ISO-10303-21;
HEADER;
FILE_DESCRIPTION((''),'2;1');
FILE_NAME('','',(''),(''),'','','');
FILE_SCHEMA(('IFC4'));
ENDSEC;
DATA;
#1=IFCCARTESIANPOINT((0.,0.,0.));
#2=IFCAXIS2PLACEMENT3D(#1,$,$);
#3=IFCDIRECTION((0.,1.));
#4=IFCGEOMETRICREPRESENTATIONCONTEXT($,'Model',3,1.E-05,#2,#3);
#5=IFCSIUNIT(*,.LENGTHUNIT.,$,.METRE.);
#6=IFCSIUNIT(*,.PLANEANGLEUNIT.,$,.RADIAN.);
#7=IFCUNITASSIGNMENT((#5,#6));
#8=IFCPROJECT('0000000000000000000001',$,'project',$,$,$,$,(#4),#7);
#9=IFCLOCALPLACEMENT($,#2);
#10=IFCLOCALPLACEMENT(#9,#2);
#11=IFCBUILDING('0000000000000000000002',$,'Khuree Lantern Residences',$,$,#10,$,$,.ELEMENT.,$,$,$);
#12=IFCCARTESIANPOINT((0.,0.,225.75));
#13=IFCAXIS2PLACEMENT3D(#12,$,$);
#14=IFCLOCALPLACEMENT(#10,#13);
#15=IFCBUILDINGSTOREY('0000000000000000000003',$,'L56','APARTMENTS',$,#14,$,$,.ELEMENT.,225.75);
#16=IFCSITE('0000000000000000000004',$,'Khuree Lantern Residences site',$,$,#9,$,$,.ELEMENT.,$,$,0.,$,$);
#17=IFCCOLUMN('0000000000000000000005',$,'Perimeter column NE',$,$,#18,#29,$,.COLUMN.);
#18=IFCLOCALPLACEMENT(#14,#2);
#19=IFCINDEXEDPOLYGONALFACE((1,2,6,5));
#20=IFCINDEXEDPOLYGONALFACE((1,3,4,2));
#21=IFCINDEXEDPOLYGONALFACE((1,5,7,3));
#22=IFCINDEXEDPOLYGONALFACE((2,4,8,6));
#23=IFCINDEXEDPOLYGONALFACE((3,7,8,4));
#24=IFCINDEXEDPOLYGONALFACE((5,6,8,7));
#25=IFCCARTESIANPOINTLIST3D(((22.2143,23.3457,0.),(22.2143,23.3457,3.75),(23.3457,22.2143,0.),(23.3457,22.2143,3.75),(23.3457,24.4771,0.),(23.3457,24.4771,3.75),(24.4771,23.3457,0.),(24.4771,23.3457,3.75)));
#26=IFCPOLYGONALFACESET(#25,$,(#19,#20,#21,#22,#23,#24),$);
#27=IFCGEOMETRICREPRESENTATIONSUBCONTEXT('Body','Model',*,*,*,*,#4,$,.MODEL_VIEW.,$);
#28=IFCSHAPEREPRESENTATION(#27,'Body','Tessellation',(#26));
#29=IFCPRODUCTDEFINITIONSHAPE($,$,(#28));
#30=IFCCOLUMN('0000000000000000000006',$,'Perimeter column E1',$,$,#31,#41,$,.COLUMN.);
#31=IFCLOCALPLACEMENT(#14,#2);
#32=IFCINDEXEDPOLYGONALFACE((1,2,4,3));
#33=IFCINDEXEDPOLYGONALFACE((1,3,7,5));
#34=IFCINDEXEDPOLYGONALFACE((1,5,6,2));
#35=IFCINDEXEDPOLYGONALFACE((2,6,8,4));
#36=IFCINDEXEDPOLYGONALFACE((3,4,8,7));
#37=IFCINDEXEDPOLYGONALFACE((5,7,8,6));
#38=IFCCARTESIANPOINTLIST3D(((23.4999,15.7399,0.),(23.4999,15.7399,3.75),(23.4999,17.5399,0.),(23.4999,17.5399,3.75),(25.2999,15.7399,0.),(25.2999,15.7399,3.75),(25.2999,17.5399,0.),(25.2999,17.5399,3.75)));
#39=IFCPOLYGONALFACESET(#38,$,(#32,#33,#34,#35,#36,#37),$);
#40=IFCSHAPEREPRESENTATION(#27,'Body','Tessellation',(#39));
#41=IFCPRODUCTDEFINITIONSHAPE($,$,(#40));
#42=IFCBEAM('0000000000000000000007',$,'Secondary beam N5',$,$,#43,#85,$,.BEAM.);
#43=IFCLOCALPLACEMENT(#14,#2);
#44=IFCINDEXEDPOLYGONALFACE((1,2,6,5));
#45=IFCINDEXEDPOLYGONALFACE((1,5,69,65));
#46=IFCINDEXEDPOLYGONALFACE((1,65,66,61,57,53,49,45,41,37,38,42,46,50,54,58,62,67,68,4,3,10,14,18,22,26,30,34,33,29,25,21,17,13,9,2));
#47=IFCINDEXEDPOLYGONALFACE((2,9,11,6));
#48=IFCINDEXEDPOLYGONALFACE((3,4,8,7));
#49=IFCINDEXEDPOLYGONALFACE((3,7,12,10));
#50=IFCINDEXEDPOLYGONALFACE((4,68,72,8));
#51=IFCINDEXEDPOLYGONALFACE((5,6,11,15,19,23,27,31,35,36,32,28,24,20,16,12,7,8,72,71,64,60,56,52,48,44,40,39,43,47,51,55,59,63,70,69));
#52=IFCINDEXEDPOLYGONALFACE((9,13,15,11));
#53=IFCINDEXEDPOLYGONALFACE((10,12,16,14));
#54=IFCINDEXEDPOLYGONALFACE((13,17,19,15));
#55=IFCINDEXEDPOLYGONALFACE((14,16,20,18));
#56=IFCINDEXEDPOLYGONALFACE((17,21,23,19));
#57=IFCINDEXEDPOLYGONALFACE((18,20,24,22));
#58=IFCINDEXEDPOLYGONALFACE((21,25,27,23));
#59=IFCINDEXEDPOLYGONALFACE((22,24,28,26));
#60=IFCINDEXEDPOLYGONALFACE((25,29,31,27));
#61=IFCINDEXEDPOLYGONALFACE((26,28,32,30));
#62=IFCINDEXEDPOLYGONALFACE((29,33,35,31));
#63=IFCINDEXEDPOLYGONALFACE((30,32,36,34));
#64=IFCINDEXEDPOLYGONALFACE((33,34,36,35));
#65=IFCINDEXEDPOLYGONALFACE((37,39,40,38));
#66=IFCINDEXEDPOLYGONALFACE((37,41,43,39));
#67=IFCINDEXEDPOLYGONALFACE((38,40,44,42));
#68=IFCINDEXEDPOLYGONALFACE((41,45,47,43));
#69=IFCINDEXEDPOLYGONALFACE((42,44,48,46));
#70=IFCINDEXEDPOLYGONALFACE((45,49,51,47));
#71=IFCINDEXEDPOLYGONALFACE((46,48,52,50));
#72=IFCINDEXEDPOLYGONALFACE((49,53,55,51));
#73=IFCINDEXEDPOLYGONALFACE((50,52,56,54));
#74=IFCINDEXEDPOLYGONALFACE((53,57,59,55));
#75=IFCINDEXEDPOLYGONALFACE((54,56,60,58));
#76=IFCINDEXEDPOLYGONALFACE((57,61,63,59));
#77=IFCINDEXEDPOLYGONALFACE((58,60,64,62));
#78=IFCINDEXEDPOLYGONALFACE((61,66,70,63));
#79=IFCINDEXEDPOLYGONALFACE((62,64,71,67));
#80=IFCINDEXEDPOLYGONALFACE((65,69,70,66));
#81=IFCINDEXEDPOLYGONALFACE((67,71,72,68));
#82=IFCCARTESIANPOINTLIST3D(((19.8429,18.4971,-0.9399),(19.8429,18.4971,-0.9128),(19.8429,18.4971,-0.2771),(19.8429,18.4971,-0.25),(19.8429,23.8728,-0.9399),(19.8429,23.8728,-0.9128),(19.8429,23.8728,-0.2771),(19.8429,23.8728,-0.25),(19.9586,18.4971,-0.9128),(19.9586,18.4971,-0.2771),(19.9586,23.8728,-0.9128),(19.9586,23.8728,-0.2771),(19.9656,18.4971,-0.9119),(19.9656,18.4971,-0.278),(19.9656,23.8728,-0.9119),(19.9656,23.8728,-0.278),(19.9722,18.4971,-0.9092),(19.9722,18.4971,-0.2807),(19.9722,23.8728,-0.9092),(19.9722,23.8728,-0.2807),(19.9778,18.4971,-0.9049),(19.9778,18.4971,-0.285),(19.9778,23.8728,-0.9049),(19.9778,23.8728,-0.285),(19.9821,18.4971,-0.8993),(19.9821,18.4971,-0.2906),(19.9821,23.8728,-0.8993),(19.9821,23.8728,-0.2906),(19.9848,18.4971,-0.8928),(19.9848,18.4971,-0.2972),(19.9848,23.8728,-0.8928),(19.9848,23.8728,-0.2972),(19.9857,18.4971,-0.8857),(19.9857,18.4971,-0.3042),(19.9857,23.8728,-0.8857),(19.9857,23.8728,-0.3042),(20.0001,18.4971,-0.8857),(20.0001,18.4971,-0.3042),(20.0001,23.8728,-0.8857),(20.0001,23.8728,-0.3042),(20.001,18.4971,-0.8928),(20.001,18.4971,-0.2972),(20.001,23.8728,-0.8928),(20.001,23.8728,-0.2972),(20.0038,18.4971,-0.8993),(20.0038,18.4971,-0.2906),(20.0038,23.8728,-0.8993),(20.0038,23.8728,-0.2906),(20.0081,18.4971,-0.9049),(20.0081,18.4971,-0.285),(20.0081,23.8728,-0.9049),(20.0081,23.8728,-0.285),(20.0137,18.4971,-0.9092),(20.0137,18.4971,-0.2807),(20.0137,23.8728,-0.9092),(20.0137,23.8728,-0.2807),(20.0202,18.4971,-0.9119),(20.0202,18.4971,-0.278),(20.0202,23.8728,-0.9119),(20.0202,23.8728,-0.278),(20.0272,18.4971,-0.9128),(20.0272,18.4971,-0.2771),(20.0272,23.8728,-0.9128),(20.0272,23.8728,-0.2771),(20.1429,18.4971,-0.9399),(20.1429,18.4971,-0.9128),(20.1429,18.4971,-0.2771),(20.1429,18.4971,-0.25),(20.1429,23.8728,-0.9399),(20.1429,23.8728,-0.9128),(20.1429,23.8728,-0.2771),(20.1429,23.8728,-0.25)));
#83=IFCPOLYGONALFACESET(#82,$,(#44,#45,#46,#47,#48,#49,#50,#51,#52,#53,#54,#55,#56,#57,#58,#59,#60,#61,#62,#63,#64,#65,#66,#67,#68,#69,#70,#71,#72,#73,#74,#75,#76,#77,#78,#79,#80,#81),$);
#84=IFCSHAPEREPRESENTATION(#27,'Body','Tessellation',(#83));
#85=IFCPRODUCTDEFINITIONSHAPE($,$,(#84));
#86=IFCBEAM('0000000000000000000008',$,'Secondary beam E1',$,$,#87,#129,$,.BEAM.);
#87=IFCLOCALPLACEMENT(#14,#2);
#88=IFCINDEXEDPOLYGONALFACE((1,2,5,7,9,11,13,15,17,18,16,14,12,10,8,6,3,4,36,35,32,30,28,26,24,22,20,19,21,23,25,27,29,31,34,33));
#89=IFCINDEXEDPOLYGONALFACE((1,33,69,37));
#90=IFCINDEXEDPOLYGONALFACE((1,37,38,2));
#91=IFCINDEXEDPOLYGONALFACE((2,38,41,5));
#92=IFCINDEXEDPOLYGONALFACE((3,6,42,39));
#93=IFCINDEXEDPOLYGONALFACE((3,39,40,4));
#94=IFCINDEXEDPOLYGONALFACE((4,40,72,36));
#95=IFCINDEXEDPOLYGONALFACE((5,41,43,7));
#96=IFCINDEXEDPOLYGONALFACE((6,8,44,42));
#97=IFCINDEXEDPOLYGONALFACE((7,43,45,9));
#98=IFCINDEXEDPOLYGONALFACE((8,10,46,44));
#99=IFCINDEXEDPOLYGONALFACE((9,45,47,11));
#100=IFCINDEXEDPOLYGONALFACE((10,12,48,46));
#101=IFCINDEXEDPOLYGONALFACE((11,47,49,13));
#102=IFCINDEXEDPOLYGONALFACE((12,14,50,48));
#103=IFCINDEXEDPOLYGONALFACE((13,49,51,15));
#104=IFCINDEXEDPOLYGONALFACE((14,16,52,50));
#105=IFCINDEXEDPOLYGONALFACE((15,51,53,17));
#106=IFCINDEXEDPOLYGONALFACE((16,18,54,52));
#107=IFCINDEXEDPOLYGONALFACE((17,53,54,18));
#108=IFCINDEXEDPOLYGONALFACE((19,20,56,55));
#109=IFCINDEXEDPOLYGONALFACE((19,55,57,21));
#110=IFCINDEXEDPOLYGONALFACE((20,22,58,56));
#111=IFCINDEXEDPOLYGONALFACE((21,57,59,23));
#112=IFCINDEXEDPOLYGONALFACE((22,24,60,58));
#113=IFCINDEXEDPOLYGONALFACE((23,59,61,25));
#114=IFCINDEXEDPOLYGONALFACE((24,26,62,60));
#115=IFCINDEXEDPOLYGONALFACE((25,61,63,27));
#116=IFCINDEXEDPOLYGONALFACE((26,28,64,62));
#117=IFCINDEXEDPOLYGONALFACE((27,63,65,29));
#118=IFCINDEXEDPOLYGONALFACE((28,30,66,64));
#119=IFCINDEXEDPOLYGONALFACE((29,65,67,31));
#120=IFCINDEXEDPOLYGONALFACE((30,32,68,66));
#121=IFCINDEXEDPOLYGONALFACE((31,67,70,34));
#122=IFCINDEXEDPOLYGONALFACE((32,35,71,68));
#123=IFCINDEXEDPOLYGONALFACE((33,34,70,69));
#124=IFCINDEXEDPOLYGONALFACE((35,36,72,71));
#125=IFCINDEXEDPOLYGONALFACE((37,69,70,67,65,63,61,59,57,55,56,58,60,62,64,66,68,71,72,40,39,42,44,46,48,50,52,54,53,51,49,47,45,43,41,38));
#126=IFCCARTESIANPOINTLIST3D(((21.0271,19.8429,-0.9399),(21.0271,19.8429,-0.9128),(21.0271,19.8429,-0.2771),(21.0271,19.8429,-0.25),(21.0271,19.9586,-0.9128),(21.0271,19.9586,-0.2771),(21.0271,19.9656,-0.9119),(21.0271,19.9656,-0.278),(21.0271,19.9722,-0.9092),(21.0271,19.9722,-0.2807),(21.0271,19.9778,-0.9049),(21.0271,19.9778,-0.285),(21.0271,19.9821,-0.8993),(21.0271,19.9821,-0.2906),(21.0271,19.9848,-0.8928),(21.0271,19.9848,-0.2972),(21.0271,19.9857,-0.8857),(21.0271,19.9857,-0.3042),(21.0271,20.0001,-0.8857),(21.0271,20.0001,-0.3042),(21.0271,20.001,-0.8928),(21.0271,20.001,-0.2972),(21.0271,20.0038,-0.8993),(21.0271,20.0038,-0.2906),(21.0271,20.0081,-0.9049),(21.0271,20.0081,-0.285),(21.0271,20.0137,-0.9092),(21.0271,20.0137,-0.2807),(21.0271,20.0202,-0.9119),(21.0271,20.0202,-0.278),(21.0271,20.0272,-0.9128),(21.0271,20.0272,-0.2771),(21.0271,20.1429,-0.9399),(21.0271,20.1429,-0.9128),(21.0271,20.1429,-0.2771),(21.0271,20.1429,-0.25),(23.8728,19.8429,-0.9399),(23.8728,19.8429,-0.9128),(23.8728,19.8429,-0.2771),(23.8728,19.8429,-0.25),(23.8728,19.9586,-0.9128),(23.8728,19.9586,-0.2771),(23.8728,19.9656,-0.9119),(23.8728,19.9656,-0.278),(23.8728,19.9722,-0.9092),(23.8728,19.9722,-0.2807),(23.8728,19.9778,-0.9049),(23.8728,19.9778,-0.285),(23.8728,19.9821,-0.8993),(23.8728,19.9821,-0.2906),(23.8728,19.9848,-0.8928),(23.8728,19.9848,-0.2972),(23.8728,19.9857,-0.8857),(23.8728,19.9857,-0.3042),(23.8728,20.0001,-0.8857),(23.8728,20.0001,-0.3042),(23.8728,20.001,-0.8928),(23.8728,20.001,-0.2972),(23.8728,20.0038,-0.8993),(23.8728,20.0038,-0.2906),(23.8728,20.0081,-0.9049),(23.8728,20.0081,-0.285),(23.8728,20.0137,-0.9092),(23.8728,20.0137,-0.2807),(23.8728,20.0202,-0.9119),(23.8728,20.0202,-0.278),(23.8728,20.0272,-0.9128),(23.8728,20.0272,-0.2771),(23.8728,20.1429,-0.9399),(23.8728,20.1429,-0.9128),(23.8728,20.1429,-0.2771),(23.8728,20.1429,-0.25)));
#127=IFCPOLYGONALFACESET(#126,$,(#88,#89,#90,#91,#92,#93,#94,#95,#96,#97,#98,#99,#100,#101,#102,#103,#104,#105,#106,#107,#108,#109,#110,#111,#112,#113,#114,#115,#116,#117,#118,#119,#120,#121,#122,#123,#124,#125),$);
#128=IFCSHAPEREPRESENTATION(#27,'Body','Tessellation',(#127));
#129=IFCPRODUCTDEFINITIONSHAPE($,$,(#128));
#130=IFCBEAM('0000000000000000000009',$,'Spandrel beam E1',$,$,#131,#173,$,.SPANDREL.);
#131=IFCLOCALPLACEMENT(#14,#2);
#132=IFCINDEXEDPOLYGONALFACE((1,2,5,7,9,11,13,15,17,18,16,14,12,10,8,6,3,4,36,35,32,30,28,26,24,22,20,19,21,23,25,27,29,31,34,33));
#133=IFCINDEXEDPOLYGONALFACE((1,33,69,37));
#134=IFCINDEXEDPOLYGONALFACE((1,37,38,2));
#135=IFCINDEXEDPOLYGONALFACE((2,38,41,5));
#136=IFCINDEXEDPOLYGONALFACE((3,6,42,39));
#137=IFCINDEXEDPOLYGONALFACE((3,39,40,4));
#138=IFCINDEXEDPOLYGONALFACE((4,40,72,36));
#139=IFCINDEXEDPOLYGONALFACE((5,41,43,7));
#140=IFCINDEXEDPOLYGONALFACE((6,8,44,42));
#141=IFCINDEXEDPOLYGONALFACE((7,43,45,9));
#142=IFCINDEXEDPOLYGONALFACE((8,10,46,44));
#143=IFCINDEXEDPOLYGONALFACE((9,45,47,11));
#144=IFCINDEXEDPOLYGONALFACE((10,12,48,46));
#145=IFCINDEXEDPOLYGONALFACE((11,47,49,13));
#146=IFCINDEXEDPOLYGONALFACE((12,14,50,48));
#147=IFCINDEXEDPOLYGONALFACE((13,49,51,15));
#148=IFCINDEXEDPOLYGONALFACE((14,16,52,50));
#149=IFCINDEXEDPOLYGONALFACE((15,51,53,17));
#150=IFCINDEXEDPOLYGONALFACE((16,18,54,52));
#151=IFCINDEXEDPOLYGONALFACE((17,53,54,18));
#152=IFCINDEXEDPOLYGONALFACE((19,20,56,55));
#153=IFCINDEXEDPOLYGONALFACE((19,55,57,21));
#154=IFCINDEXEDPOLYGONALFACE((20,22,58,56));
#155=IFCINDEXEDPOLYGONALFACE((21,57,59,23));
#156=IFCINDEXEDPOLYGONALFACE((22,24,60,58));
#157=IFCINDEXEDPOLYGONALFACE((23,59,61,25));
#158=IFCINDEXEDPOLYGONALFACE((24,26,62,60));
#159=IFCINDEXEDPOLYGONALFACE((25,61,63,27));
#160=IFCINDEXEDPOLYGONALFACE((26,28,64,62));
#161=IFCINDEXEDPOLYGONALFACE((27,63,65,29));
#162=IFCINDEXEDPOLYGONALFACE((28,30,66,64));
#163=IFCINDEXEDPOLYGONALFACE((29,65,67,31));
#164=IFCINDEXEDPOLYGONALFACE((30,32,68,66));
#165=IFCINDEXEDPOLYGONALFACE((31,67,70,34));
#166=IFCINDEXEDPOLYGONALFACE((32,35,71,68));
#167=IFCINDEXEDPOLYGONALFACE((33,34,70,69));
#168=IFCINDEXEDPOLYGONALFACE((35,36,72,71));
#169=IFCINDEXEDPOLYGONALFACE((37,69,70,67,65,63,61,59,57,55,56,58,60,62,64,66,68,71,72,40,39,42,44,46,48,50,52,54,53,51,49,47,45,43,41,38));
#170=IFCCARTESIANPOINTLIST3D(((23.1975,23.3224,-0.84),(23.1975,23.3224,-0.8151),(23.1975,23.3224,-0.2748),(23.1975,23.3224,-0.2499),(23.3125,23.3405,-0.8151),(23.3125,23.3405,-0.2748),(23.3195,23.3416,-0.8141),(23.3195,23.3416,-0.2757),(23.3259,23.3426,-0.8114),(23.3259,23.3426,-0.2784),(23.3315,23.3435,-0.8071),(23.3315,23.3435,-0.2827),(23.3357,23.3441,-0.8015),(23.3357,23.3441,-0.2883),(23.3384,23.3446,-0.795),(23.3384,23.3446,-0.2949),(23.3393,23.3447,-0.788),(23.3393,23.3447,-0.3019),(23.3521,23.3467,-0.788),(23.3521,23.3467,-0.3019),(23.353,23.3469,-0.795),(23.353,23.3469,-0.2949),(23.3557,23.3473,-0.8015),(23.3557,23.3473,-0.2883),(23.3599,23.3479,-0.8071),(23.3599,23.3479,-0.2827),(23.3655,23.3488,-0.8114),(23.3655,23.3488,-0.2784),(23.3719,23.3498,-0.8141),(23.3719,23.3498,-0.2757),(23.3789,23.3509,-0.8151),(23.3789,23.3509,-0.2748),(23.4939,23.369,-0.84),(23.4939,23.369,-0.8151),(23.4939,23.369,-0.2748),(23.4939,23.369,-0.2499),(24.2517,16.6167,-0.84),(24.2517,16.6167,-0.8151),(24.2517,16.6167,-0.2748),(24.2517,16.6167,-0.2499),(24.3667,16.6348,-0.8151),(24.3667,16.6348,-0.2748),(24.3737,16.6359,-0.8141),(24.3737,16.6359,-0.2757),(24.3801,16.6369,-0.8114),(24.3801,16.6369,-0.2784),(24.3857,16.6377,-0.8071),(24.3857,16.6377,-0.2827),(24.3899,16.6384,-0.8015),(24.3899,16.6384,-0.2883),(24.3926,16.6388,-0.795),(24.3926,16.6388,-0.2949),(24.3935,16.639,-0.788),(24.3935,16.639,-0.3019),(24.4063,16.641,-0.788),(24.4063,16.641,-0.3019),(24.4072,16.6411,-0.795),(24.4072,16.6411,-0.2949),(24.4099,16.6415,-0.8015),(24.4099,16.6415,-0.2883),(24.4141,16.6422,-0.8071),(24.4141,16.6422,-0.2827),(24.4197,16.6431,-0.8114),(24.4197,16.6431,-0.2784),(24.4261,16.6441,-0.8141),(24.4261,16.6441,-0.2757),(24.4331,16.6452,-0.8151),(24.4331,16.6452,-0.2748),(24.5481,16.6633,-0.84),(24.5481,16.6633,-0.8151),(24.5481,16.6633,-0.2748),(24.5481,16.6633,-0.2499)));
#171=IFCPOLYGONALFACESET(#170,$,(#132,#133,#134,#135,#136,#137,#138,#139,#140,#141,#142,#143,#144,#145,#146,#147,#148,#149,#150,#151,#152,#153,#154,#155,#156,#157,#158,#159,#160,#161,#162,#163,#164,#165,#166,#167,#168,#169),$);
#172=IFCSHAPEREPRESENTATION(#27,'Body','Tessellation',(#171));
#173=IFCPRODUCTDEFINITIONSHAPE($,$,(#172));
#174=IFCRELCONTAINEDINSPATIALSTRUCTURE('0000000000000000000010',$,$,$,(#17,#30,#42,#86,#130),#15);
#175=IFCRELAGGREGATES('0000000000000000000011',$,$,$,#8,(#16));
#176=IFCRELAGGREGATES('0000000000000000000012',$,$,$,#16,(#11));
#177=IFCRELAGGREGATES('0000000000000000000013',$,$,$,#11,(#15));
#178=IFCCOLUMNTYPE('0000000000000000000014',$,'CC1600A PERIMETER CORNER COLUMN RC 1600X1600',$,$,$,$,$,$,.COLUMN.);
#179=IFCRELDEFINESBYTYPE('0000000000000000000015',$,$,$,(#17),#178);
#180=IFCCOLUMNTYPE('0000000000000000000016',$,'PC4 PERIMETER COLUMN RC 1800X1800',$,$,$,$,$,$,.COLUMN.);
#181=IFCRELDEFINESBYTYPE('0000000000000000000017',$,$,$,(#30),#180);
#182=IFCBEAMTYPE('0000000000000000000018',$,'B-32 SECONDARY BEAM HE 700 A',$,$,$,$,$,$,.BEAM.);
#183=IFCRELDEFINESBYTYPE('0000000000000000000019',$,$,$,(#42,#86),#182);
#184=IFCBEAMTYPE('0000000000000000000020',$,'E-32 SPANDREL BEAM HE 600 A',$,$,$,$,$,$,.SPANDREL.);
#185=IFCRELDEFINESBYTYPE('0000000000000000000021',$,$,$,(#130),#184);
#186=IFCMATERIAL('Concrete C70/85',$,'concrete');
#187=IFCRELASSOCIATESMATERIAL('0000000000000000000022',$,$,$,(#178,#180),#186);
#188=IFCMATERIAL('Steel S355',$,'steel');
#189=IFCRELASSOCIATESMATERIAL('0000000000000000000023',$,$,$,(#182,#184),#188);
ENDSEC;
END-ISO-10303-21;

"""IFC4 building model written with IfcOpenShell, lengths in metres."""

from ifc_helpers import new_model, si_unit, direction, frame, origin, origin_2d, place, context, subcontext, project, spatial, rectangle, i_section, extrude, material, material_profile, profile_set, type_object, element, save


model = new_model("IFC4")

# Units and contexts
model_context = context("Model", 3, precision=1e-05, world=origin(), true_north=direction((0.0, 1.0)))
body_context = subcontext(model_context, "Body", "Model", "MODEL_VIEW")
ifc_project = project(units=[si_unit("LENGTHUNIT", "METRE"), si_unit("PLANEANGLEUNIT", "RADIAN")], contexts=[model_context])

# Site, building, storey
site_placement = place(None, origin())
site = spatial("IfcSite", under=ifc_project, at=site_placement, Name="Khuree Lantern Residences site", CompositionType="ELEMENT", RefElevation=0.0)
building_placement = place(site_placement, origin())
building = spatial("IfcBuilding", under=site, at=building_placement, Name="Khuree Lantern Residences", CompositionType="ELEMENT")
storey_placement = place(building_placement, frame((0.0, 0.0, 225.75)))
storey = spatial("IfcBuildingStorey", under=building, at=storey_placement, Name="L56", Description="APARTMENTS", CompositionType="ELEMENT", Elevation=225.75)

# Columns
ifc_material_1 = material(Name="Concrete C70/85", Category="concrete")
ifc_material_profile_1 = material_profile(ifc_material_1, rectangle(XDim=1.6001, YDim=1.6001, at=origin_2d()), Name="RC 1600X1600")
ifc_profile_set_1 = profile_set([ifc_material_profile_1], Name="Concrete C70/85")
column_type_1 = type_object("IfcColumnType", Name="CC1600A PERIMETER CORNER COLUMN RC 1600X1600", PredefinedType="COLUMN", material=ifc_profile_set_1)
column_1_placement = place(storey_placement, frame((23.3457, 23.3457, 0.0), z_axis=(0.0, 0.0, 1.0), x_axis=(0.707107, -0.707107, 0.0)))
element("IfcColumn", 1, at=column_1_placement, inside=storey, type_object=column_type_1, Name="Perimeter column NE", PredefinedType="COLUMN", context=body_context, shape_type="SweptSolid", body=[
    extrude(rectangle(XDim=1.6001, YDim=1.6001, at=origin_2d()), origin(), (0.0, 0.0, 1.0), 3.75),
])
ifc_material_profile_2 = material_profile(ifc_material_1, rectangle(XDim=1.8, YDim=1.8, at=origin_2d()), Name="RC 1800X1800")
ifc_profile_set_2 = profile_set([ifc_material_profile_2], Name="Concrete C70/85")
column_type_2 = type_object("IfcColumnType", Name="PC4 PERIMETER COLUMN RC 1800X1800", PredefinedType="COLUMN", material=ifc_profile_set_2)
column_2_placement = place(storey_placement, frame((24.3999, 16.6399, 0.0), z_axis=(0.0, 0.0, 1.0), x_axis=(0.0, 1.0, 0.0)))
element("IfcColumn", 2, at=column_2_placement, inside=storey, type_object=column_type_2, Name="Perimeter column E1", PredefinedType="COLUMN", context=body_context, shape_type="SweptSolid", body=[
    extrude(rectangle(XDim=1.8, YDim=1.8, at=origin_2d()), origin(), (0.0, 0.0, 1.0), 3.75),
])

# Beams
ifc_material_2 = material(Name="Steel S355", Category="steel")
ifc_material_profile_3 = material_profile(ifc_material_2, i_section(OverallWidth=0.3, OverallDepth=0.6899, WebThickness=0.0144, FlangeThickness=0.0271, FilletRadius=0.0271, at=origin_2d()), Name="HE 700 A")
ifc_profile_set_3 = profile_set([ifc_material_profile_3], Name="Steel S355")
beam_type_1 = type_object("IfcBeamType", Name="B-32 SECONDARY BEAM HE 700 A", PredefinedType="BEAM", material=ifc_profile_set_3)
beam_1_placement = place(storey_placement, frame((19.9929, 23.8728, -0.595), z_axis=(0.0, -1.0, 0.0), x_axis=(1.0, 0.0, 0.0)))
element("IfcBeam", 3, at=beam_1_placement, inside=storey, type_object=beam_type_1, Name="Secondary beam N5", PredefinedType="BEAM", context=body_context, shape_type="SweptSolid", body=[
    extrude(i_section(OverallWidth=0.3, OverallDepth=0.6899, WebThickness=0.0144, FlangeThickness=0.0271, FilletRadius=0.0271, at=origin_2d()), origin(), (0.0, 0.0, 1.0), 5.3757),
])
beam_2_placement = place(storey_placement, frame((23.8728, 19.9929, -0.595), z_axis=(-1.0, 0.0, 0.0), x_axis=(0.0, -1.0, 0.0)))
element("IfcBeam", 4, at=beam_2_placement, inside=storey, type_object=beam_type_1, Name="Secondary beam E1", PredefinedType="BEAM", context=body_context, shape_type="SweptSolid", body=[
    extrude(i_section(OverallWidth=0.3, OverallDepth=0.6899, WebThickness=0.0144, FlangeThickness=0.0271, FilletRadius=0.0271, at=origin_2d()), origin(), (0.0, 0.0, 1.0), 2.8457),
])
ifc_material_profile_4 = material_profile(ifc_material_2, i_section(OverallWidth=0.3, OverallDepth=0.5901, WebThickness=0.0129, FlangeThickness=0.0249, FilletRadius=0.0271, at=origin_2d()), Name="HE 600 A")
ifc_profile_set_4 = profile_set([ifc_material_profile_4], Name="Steel S355")
beam_type_2 = type_object("IfcBeamType", Name="E-32 SPANDREL BEAM HE 600 A", PredefinedType="SPANDREL", material=ifc_profile_set_4)
beam_3_placement = place(storey_placement, frame((23.3457, 23.3457, -0.5449), z_axis=(0.1553, -0.987867, 0.0), x_axis=(0.987867, 0.1553, 0.0)))
element("IfcBeam", 5, at=beam_3_placement, inside=storey, type_object=beam_type_2, Name="Spandrel beam E1", PredefinedType="SPANDREL", context=body_context, shape_type="SweptSolid", body=[
    extrude(i_section(OverallWidth=0.3, OverallDepth=0.5901, WebThickness=0.0129, FlangeThickness=0.0249, FilletRadius=0.0271, at=origin_2d()), origin(), (0.0, 0.0, 1.0), 6.7881),
])

save(model, "model.ifc")
